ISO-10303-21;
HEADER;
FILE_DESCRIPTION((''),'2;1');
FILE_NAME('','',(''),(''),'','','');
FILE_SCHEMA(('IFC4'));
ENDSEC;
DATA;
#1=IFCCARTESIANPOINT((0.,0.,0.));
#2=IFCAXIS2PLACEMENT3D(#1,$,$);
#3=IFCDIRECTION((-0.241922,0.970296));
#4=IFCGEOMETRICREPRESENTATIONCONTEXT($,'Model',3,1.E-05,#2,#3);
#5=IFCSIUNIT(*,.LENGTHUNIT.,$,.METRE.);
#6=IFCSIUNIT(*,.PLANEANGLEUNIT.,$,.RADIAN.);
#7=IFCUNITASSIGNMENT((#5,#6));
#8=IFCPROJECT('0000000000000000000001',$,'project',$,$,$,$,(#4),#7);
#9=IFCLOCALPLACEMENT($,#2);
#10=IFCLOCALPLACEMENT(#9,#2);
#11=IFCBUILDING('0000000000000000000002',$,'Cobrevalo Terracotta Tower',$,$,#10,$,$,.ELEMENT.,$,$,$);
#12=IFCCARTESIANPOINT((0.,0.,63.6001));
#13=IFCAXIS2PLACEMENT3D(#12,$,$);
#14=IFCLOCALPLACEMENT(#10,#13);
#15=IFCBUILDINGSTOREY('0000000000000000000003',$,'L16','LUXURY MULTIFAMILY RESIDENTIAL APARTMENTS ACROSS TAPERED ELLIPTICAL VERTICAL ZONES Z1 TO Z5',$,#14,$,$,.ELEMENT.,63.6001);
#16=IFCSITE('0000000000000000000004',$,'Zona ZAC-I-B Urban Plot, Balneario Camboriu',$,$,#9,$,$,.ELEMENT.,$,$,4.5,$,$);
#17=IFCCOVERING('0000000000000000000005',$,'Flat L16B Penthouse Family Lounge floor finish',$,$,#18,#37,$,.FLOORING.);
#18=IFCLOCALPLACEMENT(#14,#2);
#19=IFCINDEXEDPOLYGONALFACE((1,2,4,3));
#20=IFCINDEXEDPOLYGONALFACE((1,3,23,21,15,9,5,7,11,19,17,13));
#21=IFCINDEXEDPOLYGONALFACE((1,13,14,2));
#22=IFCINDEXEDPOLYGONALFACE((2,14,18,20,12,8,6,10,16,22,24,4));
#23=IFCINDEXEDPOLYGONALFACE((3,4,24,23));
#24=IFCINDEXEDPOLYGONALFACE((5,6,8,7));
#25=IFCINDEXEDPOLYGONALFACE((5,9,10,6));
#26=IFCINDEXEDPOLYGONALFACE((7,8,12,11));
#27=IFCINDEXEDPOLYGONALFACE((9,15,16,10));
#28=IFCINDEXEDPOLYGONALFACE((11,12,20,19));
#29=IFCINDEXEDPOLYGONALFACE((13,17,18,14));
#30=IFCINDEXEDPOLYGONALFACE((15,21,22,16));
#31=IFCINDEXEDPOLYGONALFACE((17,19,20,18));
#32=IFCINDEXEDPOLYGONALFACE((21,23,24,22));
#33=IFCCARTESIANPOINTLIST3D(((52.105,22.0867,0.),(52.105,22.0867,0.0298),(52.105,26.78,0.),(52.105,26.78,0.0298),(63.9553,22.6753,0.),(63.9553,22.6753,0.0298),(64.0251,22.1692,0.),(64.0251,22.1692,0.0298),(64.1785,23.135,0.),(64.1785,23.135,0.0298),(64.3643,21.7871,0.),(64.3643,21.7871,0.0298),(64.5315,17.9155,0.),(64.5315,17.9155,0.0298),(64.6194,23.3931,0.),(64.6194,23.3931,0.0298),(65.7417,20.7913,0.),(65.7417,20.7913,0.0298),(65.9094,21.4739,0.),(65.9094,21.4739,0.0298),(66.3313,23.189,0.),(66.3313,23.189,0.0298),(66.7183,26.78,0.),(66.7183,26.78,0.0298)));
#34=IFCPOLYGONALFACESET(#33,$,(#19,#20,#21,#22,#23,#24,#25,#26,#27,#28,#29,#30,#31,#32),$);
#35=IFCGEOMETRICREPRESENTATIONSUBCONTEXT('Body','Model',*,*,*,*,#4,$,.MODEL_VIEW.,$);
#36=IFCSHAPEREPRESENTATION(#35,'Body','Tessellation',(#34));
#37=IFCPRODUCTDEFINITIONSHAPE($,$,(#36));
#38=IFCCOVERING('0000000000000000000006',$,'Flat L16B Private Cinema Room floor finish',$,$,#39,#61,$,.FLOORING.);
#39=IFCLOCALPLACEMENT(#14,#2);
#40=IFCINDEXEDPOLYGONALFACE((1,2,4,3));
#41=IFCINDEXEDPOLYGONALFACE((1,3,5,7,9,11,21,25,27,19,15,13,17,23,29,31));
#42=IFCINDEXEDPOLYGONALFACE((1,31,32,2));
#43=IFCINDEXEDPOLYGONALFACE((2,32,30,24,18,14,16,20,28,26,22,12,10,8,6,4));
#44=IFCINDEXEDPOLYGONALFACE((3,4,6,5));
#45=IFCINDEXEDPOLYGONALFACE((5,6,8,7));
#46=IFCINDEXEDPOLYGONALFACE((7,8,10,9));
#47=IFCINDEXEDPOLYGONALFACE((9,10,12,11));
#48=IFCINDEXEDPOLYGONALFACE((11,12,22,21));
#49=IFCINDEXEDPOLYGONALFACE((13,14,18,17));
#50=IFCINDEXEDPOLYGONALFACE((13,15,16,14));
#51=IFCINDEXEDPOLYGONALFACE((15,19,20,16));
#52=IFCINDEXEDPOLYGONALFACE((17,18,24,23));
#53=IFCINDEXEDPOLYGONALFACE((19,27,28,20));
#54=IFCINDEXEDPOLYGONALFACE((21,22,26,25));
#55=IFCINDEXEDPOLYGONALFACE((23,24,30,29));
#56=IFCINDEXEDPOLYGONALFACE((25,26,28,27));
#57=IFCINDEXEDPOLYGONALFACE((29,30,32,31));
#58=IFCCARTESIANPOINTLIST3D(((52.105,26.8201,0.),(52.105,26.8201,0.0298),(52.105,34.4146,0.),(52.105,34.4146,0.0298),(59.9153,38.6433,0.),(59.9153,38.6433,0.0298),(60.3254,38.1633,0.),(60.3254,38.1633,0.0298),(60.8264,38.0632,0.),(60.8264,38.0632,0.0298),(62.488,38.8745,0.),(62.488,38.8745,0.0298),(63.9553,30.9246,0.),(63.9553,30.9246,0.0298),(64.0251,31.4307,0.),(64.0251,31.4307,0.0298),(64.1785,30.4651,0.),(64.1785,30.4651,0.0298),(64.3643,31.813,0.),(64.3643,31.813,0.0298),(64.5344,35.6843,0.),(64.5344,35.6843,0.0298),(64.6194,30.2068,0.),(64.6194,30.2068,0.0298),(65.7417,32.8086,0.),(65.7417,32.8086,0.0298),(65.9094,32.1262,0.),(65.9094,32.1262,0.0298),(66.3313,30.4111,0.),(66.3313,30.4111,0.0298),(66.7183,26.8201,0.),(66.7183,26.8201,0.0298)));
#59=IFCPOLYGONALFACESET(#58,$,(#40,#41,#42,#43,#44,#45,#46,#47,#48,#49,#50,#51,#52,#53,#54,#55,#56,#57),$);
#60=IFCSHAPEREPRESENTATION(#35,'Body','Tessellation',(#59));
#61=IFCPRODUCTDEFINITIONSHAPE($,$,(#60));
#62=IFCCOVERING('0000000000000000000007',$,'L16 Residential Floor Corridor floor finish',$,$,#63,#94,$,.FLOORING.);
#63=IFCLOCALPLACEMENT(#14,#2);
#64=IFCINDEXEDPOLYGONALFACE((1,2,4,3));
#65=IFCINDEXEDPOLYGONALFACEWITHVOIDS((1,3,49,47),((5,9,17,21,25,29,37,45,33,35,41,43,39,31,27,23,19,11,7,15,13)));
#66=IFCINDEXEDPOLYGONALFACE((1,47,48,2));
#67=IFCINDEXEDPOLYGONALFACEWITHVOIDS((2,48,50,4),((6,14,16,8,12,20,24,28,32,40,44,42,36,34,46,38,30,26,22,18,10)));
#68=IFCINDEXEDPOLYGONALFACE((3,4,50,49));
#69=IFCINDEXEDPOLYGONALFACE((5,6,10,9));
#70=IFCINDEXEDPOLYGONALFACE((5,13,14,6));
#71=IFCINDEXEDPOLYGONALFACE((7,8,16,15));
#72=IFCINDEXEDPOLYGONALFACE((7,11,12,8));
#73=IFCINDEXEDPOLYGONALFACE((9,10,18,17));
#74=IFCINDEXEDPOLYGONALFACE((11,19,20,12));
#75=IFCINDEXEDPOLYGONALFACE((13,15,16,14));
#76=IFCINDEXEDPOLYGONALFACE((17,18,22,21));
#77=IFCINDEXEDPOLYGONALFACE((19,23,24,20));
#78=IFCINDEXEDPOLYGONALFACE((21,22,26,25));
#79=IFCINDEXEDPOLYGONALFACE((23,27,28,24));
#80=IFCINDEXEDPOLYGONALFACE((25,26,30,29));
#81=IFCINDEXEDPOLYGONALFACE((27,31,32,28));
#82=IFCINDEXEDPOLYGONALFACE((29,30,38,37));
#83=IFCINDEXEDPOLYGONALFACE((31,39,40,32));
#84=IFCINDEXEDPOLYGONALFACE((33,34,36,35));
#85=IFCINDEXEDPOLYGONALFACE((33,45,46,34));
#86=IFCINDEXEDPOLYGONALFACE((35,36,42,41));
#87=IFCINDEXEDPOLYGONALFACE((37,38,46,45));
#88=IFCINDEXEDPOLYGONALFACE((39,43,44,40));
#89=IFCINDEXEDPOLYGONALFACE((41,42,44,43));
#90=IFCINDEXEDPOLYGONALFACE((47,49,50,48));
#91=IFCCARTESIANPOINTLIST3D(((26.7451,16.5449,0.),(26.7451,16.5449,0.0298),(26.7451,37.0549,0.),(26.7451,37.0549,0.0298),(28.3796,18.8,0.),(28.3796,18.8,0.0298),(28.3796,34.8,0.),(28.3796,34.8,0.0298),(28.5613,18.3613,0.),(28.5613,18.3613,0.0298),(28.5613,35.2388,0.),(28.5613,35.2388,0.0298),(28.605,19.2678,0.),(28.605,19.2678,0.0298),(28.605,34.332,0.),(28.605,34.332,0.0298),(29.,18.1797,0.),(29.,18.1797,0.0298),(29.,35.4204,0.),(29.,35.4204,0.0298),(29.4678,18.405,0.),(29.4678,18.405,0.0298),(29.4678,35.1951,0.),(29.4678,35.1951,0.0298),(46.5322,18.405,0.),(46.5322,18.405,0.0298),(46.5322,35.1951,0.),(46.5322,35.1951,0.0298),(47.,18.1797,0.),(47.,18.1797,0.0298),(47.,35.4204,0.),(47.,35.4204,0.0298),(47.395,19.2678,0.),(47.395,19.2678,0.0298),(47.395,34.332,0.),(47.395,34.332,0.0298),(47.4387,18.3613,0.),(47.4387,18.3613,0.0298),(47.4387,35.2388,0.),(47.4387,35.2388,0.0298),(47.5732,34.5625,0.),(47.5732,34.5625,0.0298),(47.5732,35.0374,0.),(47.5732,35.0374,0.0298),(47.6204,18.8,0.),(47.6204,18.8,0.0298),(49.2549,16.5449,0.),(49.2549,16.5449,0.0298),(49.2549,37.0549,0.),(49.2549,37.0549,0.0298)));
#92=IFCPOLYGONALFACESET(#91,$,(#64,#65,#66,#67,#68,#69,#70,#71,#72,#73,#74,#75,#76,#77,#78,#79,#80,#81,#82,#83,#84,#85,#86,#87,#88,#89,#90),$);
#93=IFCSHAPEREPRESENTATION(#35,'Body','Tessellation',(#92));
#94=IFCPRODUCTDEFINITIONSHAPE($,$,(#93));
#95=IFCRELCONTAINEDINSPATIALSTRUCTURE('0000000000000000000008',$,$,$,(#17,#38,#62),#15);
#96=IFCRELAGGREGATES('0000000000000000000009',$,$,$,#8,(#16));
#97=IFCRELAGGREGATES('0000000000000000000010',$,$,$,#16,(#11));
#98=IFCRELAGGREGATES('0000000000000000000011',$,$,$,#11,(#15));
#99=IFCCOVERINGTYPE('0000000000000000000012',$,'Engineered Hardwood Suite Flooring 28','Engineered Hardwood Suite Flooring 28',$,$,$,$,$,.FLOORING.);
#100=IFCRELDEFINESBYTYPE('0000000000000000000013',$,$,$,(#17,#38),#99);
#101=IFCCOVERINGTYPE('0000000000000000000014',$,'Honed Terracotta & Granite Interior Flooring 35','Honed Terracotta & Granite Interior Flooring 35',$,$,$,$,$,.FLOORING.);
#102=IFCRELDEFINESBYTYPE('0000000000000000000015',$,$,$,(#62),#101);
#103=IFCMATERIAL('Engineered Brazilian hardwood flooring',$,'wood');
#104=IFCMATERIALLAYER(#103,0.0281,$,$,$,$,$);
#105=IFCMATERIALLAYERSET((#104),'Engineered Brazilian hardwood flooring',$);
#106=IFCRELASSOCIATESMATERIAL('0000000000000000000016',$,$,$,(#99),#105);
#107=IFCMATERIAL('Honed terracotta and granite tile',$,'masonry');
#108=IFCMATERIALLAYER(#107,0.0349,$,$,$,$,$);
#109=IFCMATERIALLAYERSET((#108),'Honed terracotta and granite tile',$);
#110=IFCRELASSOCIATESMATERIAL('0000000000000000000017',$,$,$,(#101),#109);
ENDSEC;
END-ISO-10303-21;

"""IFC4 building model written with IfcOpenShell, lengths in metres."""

from ifc_helpers import new_model, si_unit, direction, frame, origin, place, context, subcontext, project, spatial, polyline, outline, extrude, material, layer, layer_set, type_object, element, save


model = new_model("IFC4")

# Units and contexts
model_context = context("Model", 3, precision=1e-05, world=origin(), true_north=direction((-0.241922, 0.970296)))
body_context = subcontext(model_context, "Body", "Model", "MODEL_VIEW")
ifc_project = project(units=[si_unit("LENGTHUNIT", "METRE"), si_unit("PLANEANGLEUNIT", "RADIAN")], contexts=[model_context])

# Site, building, storey
site_placement = place(None, origin())
site = spatial("IfcSite", under=ifc_project, at=site_placement, Name="Zona ZAC-I-B Urban Plot, Balneario Camboriu", CompositionType="ELEMENT", RefElevation=4.5)
building_placement = place(site_placement, origin())
building = spatial("IfcBuilding", under=site, at=building_placement, Name="Cobrevalo Terracotta Tower", CompositionType="ELEMENT")
storey_placement = place(building_placement, frame((0.0, 0.0, 63.6001)))
storey = spatial("IfcBuildingStorey", under=building, at=storey_placement, Name="L16", Description="LUXURY MULTIFAMILY RESIDENTIAL APARTMENTS ACROSS TAPERED ELLIPTICAL VERTICAL ZONES Z1 TO Z5", CompositionType="ELEMENT", Elevation=63.6001)

# Coverings
ifc_material_1 = material(Name="Engineered Brazilian hardwood flooring", Category="wood")
ifc_layer_1 = layer(ifc_material_1, 0.0281)
ifc_layer_set_1 = layer_set([ifc_layer_1], Name="Engineered Brazilian hardwood flooring")
covering_type_1 = type_object("IfcCoveringType", Name="Engineered Hardwood Suite Flooring 28", Description="Engineered Hardwood Suite Flooring 28", PredefinedType="FLOORING", material=ifc_layer_set_1)
covering_1_placement = place(storey_placement, origin())
element("IfcCovering", 1, at=covering_1_placement, inside=storey, type_object=covering_type_1, Name="Flat L16B Penthouse Family Lounge floor finish", PredefinedType="FLOORING", context=body_context, shape_type="SweptSolid", body=[
    extrude(outline(polyline([(52.105, 22.0867), (52.105, 26.78), (66.7183, 26.78), (66.3313, 23.189), (64.6194, 23.3931), (64.1785, 23.135), (63.9553, 22.6753), (64.0251, 22.1692), (64.3643, 21.7871), (65.9094, 21.4739), (65.7417, 20.7913), (64.5315, 17.9155), (52.105, 22.0867)])), origin(), (0.0, 0.0, 1.0), 0.0298),
])
covering_2_placement = place(storey_placement, origin())
element("IfcCovering", 2, at=covering_2_placement, inside=storey, type_object=covering_type_1, Name="Flat L16B Private Cinema Room floor finish", PredefinedType="FLOORING", context=body_context, shape_type="SweptSolid", body=[
    extrude(outline(polyline([(59.9153, 38.6433), (60.3254, 38.1633), (60.8264, 38.0632), (62.488, 38.8745), (64.5344, 35.6843), (65.7417, 32.8086), (65.9094, 32.1262), (64.3643, 31.813), (64.0251, 31.4307), (63.9553, 30.9246), (64.1785, 30.4651), (64.6194, 30.2068), (66.3313, 30.4111), (66.7183, 26.8201), (52.105, 26.8201), (52.105, 34.4146), (59.9153, 38.6433)])), origin(), (0.0, 0.0, 1.0), 0.0298),
])
ifc_material_2 = material(Name="Honed terracotta and granite tile", Category="masonry")
ifc_layer_2 = layer(ifc_material_2, 0.0349)
ifc_layer_set_2 = layer_set([ifc_layer_2], Name="Honed terracotta and granite tile")
covering_type_2 = type_object("IfcCoveringType", Name="Honed Terracotta & Granite Interior Flooring 35", Description="Honed Terracotta & Granite Interior Flooring 35", PredefinedType="FLOORING", material=ifc_layer_set_2)
covering_3_placement = place(storey_placement, origin())
element("IfcCovering", 3, at=covering_3_placement, inside=storey, type_object=covering_type_2, Name="L16 Residential Floor Corridor floor finish", PredefinedType="FLOORING", context=body_context, shape_type="SweptSolid", body=[
    extrude(outline(polyline([(49.2549, 37.0549), (49.2549, 16.5449), (26.7451, 16.5449), (26.7451, 37.0549), (49.2549, 37.0549)]), holes=[polyline([(47.395, 34.332), (47.5732, 34.5625), (47.5732, 35.0374), (47.4387, 35.2388), (47.0, 35.4204), (46.5322, 35.1951), (29.4678, 35.1951), (29.0, 35.4204), (28.5613, 35.2388), (28.3796, 34.8), (28.605, 34.332), (28.605, 19.2678), (28.3796, 18.8), (28.5613, 18.3613), (29.0, 18.1797), (29.4678, 18.405), (46.5322, 18.405), (47.0, 18.1797), (47.4387, 18.3613), (47.6204, 18.8), (47.395, 19.2678), (47.395, 34.332)])]), origin(), (0.0, 0.0, 1.0), 0.0298),
])

save(model, "model.ifc")
